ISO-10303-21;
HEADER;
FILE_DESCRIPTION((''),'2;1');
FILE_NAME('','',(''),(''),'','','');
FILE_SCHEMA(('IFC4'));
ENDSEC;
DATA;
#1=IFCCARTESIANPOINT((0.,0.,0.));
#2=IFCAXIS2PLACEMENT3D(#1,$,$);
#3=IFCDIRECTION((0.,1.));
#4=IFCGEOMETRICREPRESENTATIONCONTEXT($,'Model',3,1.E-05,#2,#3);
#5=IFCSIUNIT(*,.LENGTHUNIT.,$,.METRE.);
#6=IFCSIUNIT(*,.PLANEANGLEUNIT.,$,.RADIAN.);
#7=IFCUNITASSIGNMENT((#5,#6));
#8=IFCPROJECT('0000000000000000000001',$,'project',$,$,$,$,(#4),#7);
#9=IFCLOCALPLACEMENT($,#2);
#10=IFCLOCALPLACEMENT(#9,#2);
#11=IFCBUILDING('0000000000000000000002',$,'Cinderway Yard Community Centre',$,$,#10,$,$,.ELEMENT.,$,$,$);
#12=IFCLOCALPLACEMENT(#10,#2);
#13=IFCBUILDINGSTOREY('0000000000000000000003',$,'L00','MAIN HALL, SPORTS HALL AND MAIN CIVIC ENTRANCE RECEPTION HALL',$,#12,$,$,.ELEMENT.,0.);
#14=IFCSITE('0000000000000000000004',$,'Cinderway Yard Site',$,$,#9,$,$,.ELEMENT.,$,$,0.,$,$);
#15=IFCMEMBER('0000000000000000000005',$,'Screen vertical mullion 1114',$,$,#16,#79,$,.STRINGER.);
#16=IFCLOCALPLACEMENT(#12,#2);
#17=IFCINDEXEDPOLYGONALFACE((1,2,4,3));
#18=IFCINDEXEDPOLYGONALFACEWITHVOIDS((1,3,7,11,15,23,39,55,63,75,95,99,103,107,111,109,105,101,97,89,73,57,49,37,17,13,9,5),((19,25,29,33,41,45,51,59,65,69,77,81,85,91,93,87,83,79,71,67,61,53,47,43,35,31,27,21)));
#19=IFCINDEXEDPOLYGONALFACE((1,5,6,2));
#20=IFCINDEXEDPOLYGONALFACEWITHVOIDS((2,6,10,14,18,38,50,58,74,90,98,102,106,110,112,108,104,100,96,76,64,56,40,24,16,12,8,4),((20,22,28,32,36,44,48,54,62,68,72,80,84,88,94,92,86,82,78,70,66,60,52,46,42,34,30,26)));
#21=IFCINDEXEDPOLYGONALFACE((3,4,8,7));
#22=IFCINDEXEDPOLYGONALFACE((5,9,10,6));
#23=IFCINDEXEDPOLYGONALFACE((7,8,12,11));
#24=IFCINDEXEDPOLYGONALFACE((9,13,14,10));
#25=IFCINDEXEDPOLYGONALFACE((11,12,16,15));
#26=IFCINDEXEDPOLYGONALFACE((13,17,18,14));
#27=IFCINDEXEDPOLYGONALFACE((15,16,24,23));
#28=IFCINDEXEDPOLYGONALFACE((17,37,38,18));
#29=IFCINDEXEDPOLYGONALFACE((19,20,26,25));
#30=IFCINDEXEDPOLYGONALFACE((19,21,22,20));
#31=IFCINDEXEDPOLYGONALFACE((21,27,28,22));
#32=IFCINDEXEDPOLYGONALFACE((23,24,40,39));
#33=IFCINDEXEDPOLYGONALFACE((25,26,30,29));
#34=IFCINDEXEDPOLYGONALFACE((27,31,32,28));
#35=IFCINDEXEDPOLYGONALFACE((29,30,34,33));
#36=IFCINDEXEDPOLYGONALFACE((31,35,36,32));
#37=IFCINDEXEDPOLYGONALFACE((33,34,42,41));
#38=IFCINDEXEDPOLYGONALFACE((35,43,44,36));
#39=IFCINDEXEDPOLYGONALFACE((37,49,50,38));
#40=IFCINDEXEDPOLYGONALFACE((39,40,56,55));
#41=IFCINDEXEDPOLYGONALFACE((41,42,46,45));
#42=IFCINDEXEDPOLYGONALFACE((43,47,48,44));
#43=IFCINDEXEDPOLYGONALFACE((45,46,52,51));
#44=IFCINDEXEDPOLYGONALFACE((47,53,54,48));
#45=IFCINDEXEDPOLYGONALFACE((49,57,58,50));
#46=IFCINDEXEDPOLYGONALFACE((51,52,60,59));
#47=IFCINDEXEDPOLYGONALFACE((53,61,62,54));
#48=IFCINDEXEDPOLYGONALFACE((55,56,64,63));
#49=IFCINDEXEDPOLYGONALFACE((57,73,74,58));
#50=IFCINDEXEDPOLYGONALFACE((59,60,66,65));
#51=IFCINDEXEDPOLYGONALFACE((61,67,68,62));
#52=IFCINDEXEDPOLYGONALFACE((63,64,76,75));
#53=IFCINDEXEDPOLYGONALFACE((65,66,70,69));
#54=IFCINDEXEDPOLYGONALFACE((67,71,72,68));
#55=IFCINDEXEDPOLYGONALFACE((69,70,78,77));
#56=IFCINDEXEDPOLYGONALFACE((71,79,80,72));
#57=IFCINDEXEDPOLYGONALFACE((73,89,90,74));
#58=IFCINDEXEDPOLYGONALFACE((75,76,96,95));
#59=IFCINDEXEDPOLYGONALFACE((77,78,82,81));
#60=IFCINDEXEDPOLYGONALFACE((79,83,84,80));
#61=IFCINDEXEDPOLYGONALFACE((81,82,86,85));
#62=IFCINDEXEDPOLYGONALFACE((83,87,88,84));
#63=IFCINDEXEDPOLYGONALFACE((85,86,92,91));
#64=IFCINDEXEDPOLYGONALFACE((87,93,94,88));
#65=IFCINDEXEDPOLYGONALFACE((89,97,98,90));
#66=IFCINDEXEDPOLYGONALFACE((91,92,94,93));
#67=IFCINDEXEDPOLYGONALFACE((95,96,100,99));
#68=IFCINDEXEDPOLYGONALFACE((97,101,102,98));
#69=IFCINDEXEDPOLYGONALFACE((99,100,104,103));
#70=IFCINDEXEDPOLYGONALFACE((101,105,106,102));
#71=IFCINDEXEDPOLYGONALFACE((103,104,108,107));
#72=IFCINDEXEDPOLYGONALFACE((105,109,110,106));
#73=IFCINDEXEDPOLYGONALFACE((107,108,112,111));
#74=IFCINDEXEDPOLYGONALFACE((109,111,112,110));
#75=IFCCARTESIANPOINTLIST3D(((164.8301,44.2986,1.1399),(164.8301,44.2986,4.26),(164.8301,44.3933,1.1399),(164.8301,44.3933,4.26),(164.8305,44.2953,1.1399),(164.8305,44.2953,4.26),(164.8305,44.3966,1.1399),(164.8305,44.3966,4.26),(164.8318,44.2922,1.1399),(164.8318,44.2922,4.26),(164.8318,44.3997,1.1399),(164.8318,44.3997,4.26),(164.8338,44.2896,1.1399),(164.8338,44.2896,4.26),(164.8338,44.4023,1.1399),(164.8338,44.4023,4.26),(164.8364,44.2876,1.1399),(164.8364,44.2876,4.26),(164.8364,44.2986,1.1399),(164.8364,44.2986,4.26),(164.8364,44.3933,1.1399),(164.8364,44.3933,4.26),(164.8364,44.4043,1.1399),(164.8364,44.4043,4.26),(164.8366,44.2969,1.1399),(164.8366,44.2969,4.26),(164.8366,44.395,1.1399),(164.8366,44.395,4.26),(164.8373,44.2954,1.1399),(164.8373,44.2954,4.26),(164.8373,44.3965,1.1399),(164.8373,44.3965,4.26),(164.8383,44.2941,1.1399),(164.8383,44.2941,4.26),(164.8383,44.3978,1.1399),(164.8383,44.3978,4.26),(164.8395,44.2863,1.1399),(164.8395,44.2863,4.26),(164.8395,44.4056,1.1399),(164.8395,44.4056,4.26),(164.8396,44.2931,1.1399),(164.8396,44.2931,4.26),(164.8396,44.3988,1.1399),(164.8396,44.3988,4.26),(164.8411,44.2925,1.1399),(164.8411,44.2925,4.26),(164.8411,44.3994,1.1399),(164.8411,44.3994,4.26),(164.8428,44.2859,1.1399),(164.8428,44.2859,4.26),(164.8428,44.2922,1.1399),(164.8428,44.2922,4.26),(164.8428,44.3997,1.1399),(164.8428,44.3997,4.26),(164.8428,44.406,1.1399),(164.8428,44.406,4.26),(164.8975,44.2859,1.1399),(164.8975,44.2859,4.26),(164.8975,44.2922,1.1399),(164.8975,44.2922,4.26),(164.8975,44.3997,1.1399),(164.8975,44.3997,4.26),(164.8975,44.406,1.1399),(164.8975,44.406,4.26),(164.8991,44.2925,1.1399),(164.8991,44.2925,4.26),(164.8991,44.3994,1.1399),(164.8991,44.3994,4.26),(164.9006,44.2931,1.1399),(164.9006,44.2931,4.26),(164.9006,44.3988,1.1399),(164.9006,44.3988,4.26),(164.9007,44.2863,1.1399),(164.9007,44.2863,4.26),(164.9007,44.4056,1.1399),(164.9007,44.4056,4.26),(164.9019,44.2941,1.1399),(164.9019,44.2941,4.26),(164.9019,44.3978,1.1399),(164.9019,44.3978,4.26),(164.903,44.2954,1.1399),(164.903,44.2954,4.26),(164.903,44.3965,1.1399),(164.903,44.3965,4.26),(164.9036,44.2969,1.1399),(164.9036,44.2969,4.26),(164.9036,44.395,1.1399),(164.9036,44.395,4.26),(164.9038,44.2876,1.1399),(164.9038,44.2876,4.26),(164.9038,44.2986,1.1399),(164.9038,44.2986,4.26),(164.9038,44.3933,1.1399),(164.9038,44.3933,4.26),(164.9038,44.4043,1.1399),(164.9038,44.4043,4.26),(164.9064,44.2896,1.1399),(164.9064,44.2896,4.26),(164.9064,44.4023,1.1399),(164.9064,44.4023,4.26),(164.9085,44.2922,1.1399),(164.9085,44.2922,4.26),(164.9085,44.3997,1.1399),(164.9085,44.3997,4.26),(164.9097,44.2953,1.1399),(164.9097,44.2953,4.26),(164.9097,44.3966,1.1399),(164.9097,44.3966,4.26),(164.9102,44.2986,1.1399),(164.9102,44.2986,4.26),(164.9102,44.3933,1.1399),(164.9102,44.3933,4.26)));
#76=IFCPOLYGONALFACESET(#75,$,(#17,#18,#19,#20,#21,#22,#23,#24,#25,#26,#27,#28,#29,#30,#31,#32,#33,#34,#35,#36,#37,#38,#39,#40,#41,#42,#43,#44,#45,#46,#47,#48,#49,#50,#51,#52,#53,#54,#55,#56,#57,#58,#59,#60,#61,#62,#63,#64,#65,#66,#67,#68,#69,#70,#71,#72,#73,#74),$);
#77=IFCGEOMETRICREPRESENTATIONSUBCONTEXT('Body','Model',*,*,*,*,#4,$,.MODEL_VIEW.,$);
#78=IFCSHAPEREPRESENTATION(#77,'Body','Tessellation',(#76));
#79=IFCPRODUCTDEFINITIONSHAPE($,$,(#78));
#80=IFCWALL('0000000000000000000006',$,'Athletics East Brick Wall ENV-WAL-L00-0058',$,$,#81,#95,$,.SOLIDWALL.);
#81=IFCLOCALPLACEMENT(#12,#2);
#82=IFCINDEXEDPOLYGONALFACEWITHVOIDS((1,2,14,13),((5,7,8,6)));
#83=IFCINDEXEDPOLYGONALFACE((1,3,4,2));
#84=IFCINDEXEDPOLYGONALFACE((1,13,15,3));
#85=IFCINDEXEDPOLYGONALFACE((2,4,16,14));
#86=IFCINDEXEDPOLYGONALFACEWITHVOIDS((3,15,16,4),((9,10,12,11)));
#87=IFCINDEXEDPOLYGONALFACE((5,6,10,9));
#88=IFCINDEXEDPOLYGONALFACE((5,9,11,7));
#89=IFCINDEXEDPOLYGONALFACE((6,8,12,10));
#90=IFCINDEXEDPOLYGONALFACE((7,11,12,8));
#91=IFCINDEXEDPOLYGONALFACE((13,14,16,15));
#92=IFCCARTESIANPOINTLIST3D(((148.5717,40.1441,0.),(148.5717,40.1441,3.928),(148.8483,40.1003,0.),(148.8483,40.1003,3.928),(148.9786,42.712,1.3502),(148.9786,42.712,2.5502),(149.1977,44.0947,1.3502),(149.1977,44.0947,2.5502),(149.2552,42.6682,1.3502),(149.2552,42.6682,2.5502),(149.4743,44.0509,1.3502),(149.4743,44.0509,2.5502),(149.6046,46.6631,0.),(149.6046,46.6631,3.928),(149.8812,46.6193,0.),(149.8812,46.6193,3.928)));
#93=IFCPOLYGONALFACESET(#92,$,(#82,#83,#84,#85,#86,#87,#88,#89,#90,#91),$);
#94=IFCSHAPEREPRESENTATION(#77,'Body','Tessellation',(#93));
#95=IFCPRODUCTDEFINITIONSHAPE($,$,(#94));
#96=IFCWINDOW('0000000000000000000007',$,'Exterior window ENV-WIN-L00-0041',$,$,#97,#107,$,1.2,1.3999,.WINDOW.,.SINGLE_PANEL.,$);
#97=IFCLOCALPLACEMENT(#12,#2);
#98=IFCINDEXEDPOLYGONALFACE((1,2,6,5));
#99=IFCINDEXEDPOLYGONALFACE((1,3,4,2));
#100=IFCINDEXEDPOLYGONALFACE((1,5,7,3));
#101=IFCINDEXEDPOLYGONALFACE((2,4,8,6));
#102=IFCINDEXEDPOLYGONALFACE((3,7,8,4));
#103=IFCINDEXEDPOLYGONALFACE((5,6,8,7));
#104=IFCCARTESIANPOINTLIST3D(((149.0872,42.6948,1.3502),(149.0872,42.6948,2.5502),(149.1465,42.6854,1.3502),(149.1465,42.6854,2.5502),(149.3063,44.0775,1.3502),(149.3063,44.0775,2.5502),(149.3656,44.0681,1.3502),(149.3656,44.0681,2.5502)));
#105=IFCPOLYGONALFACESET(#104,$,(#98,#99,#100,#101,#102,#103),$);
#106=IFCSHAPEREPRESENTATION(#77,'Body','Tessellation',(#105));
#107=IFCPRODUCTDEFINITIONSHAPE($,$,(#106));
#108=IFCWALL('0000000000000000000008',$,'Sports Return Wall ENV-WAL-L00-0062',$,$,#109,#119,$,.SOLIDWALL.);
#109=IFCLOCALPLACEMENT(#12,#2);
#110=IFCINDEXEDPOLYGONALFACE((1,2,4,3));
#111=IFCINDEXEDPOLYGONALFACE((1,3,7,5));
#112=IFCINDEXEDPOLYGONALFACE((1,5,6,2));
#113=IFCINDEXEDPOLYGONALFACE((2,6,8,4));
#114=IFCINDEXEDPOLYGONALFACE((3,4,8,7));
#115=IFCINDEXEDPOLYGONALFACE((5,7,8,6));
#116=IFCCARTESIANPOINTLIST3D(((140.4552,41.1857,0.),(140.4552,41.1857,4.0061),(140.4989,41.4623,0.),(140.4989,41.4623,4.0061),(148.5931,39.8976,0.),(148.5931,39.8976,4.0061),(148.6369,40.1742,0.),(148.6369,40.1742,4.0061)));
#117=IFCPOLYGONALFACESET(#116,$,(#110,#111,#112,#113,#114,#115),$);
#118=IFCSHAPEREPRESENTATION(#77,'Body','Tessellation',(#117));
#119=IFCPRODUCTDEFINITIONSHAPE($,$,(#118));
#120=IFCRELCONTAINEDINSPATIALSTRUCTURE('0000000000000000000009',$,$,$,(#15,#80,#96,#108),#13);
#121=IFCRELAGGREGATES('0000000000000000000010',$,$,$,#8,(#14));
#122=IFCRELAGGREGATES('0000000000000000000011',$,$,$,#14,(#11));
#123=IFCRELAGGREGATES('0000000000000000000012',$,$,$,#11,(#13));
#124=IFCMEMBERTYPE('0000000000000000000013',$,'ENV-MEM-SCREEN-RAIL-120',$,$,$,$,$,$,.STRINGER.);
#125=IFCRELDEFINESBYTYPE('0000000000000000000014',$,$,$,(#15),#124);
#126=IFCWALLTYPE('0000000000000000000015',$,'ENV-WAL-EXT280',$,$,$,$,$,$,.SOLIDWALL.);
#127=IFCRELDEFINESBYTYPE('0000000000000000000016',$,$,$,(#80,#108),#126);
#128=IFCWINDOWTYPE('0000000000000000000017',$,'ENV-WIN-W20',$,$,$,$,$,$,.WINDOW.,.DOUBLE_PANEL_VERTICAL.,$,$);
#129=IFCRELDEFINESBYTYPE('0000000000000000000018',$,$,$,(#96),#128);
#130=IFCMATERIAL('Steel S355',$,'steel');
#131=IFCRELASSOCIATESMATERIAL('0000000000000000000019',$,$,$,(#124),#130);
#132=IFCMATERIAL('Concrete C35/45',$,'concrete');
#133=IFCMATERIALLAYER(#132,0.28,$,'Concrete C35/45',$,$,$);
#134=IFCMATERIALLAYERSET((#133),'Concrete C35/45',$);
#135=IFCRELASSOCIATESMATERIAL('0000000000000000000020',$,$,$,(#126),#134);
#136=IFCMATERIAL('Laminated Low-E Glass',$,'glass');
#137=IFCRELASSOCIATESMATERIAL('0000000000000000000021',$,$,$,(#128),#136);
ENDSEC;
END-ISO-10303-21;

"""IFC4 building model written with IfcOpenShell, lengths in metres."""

from ifc_helpers import new_model, si_unit, direction, frame, frame_2d, origin, origin_2d, place, context, subcontext, project, spatial, rectangle, hollow_rectangle, extrude, material, layer, layer_set, material_profile, profile_set, type_object, element, fill, save


model = new_model("IFC4")

# Units and contexts
model_context = context("Model", 3, precision=1e-05, world=origin(), true_north=direction((0.0, 1.0)))
body_context = subcontext(model_context, "Body", "Model", "MODEL_VIEW")
ifc_project = project(units=[si_unit("LENGTHUNIT", "METRE"), si_unit("PLANEANGLEUNIT", "RADIAN")], contexts=[model_context])

# Site, building, storey
site_placement = place(None, origin())
site = spatial("IfcSite", under=ifc_project, at=site_placement, Name="Cinderway Yard Site", CompositionType="ELEMENT", RefElevation=0.0)
building_placement = place(site_placement, origin())
building = spatial("IfcBuilding", under=site, at=building_placement, Name="Cinderway Yard Community Centre", CompositionType="ELEMENT")
storey_placement = place(building_placement, origin())
storey = spatial("IfcBuildingStorey", under=building, at=storey_placement, Name="L00", Description="MAIN HALL, SPORTS HALL AND MAIN CIVIC ENTRANCE RECEPTION HALL", CompositionType="ELEMENT", Elevation=0.0)

# Member
ifc_material_1 = material(Name="Steel S355", Category="steel")
ifc_material_profile_1 = material_profile(ifc_material_1, hollow_rectangle(XDim=0.0801, YDim=0.1201, WallThickness=0.0063, InnerFilletRadius=0.0063, OuterFilletRadius=0.0127, at=origin_2d()), Name="Steel S355")
ifc_profile_set_1 = profile_set([ifc_material_profile_1], Name="Steel S355")
member_type = type_object("IfcMemberType", Name="ENV-MEM-SCREEN-RAIL-120", PredefinedType="STRINGER", material=ifc_profile_set_1)
member_placement = place(storey_placement, frame((164.8701, 44.3459, 1.1399), z_axis=(0.0, 0.0, 1.0), x_axis=(1.0, 0.0, 0.0)))
element("IfcMember", 1, at=member_placement, inside=storey, type_object=member_type, Name="Screen vertical mullion 1114", PredefinedType="STRINGER", context=body_context, shape_type="SweptSolid", body=[
    extrude(hollow_rectangle(XDim=0.0801, YDim=0.1201, WallThickness=0.0063, InnerFilletRadius=0.0063, OuterFilletRadius=0.0127, at=origin_2d()), origin(), (0.0, 0.0, 1.0), 3.1201),
])

# Wall, opening, window
ifc_material_2 = material(Name="Concrete C35/45", Category="concrete")
ifc_layer_1 = layer(ifc_material_2, 0.28, Name="Concrete C35/45")
ifc_layer_set_1 = layer_set([ifc_layer_1], Name="Concrete C35/45")
wall_type_1 = type_object("IfcWallType", Name="ENV-WAL-EXT280", PredefinedType="SOLIDWALL", material=ifc_layer_set_1)
wall_1_placement = place(storey_placement, frame((148.71, 40.1221, 0.0), z_axis=(0.0, 0.0, 1.0), x_axis=(0.1565, 0.987678, 0.0)))
wall_1 = element("IfcWall", 2, at=wall_1_placement, inside=storey, type_object=wall_type_1, Name="Athletics East Brick Wall ENV-WAL-L00-0058", PredefinedType="SOLIDWALL", context=body_context, shape_type="SweptSolid", body=[
    extrude(rectangle(XDim=6.6003, YDim=0.28, at=frame_2d((3.3003, 0.0))), origin(), (0.0, 0.0, 1.0), 3.928),
])
opening_1_placement = place(wall_1_placement, frame((2.6001, 0.0, 1.3501)))
opening_1 = element("IfcOpeningElement", 3, at=opening_1_placement, cuts=wall_1, PredefinedType="OPENING", context=body_context, shape_type="SweptSolid", body=[
    extrude(rectangle(XDim=1.3999, YDim=1.2, at=frame_2d((0.7, 0.6001))), frame((0.0, 0.1499, 0.0), z_axis=(0.0, -1.0, 0.0), x_axis=(1.0, 0.0, 0.0)), (0.0, 0.0, 1.0), 0.3),
])
ifc_material_3 = material(Name="Laminated Low-E Glass", Category="glass")
window_type = type_object("IfcWindowType", Name="ENV-WIN-W20", PartitioningType="DOUBLE_PANEL_VERTICAL", PredefinedType="WINDOW", material=ifc_material_3)
window_placement = place(opening_1_placement, origin())
window = element("IfcWindow", 4, at=window_placement, inside=storey, type_object=window_type, Name="Exterior window ENV-WIN-L00-0041", OverallHeight=1.2, OverallWidth=1.3999, PartitioningType="SINGLE_PANEL", PredefinedType="WINDOW", context=body_context, shape_type="SweptSolid", body=[
    extrude(rectangle(XDim=1.3999, YDim=1.2, at=frame_2d((0.7, 0.6001))), frame((0.0, 0.03, 0.0), z_axis=(0.0, -1.0, 0.0), x_axis=(1.0, 0.0, 0.0)), (0.0, 0.0, 1.0), 0.0601),
])
fill(opening_1, window)

# Wall
wall_2_placement = place(storey_placement, frame((140.4771, 41.324, 0.0), z_axis=(0.0, 0.0, 1.0), x_axis=(0.987704, -0.156335, 0.0)))
element("IfcWall", 5, at=wall_2_placement, inside=storey, type_object=wall_type_1, Name="Sports Return Wall ENV-WAL-L00-0062", PredefinedType="SOLIDWALL", context=body_context, shape_type="SweptSolid", body=[
    extrude(rectangle(XDim=8.2393, YDim=0.28, at=frame_2d((4.1196, 0.0))), origin(), (0.0, 0.0, 1.0), 4.0061),
])

save(model, "model.ifc")
